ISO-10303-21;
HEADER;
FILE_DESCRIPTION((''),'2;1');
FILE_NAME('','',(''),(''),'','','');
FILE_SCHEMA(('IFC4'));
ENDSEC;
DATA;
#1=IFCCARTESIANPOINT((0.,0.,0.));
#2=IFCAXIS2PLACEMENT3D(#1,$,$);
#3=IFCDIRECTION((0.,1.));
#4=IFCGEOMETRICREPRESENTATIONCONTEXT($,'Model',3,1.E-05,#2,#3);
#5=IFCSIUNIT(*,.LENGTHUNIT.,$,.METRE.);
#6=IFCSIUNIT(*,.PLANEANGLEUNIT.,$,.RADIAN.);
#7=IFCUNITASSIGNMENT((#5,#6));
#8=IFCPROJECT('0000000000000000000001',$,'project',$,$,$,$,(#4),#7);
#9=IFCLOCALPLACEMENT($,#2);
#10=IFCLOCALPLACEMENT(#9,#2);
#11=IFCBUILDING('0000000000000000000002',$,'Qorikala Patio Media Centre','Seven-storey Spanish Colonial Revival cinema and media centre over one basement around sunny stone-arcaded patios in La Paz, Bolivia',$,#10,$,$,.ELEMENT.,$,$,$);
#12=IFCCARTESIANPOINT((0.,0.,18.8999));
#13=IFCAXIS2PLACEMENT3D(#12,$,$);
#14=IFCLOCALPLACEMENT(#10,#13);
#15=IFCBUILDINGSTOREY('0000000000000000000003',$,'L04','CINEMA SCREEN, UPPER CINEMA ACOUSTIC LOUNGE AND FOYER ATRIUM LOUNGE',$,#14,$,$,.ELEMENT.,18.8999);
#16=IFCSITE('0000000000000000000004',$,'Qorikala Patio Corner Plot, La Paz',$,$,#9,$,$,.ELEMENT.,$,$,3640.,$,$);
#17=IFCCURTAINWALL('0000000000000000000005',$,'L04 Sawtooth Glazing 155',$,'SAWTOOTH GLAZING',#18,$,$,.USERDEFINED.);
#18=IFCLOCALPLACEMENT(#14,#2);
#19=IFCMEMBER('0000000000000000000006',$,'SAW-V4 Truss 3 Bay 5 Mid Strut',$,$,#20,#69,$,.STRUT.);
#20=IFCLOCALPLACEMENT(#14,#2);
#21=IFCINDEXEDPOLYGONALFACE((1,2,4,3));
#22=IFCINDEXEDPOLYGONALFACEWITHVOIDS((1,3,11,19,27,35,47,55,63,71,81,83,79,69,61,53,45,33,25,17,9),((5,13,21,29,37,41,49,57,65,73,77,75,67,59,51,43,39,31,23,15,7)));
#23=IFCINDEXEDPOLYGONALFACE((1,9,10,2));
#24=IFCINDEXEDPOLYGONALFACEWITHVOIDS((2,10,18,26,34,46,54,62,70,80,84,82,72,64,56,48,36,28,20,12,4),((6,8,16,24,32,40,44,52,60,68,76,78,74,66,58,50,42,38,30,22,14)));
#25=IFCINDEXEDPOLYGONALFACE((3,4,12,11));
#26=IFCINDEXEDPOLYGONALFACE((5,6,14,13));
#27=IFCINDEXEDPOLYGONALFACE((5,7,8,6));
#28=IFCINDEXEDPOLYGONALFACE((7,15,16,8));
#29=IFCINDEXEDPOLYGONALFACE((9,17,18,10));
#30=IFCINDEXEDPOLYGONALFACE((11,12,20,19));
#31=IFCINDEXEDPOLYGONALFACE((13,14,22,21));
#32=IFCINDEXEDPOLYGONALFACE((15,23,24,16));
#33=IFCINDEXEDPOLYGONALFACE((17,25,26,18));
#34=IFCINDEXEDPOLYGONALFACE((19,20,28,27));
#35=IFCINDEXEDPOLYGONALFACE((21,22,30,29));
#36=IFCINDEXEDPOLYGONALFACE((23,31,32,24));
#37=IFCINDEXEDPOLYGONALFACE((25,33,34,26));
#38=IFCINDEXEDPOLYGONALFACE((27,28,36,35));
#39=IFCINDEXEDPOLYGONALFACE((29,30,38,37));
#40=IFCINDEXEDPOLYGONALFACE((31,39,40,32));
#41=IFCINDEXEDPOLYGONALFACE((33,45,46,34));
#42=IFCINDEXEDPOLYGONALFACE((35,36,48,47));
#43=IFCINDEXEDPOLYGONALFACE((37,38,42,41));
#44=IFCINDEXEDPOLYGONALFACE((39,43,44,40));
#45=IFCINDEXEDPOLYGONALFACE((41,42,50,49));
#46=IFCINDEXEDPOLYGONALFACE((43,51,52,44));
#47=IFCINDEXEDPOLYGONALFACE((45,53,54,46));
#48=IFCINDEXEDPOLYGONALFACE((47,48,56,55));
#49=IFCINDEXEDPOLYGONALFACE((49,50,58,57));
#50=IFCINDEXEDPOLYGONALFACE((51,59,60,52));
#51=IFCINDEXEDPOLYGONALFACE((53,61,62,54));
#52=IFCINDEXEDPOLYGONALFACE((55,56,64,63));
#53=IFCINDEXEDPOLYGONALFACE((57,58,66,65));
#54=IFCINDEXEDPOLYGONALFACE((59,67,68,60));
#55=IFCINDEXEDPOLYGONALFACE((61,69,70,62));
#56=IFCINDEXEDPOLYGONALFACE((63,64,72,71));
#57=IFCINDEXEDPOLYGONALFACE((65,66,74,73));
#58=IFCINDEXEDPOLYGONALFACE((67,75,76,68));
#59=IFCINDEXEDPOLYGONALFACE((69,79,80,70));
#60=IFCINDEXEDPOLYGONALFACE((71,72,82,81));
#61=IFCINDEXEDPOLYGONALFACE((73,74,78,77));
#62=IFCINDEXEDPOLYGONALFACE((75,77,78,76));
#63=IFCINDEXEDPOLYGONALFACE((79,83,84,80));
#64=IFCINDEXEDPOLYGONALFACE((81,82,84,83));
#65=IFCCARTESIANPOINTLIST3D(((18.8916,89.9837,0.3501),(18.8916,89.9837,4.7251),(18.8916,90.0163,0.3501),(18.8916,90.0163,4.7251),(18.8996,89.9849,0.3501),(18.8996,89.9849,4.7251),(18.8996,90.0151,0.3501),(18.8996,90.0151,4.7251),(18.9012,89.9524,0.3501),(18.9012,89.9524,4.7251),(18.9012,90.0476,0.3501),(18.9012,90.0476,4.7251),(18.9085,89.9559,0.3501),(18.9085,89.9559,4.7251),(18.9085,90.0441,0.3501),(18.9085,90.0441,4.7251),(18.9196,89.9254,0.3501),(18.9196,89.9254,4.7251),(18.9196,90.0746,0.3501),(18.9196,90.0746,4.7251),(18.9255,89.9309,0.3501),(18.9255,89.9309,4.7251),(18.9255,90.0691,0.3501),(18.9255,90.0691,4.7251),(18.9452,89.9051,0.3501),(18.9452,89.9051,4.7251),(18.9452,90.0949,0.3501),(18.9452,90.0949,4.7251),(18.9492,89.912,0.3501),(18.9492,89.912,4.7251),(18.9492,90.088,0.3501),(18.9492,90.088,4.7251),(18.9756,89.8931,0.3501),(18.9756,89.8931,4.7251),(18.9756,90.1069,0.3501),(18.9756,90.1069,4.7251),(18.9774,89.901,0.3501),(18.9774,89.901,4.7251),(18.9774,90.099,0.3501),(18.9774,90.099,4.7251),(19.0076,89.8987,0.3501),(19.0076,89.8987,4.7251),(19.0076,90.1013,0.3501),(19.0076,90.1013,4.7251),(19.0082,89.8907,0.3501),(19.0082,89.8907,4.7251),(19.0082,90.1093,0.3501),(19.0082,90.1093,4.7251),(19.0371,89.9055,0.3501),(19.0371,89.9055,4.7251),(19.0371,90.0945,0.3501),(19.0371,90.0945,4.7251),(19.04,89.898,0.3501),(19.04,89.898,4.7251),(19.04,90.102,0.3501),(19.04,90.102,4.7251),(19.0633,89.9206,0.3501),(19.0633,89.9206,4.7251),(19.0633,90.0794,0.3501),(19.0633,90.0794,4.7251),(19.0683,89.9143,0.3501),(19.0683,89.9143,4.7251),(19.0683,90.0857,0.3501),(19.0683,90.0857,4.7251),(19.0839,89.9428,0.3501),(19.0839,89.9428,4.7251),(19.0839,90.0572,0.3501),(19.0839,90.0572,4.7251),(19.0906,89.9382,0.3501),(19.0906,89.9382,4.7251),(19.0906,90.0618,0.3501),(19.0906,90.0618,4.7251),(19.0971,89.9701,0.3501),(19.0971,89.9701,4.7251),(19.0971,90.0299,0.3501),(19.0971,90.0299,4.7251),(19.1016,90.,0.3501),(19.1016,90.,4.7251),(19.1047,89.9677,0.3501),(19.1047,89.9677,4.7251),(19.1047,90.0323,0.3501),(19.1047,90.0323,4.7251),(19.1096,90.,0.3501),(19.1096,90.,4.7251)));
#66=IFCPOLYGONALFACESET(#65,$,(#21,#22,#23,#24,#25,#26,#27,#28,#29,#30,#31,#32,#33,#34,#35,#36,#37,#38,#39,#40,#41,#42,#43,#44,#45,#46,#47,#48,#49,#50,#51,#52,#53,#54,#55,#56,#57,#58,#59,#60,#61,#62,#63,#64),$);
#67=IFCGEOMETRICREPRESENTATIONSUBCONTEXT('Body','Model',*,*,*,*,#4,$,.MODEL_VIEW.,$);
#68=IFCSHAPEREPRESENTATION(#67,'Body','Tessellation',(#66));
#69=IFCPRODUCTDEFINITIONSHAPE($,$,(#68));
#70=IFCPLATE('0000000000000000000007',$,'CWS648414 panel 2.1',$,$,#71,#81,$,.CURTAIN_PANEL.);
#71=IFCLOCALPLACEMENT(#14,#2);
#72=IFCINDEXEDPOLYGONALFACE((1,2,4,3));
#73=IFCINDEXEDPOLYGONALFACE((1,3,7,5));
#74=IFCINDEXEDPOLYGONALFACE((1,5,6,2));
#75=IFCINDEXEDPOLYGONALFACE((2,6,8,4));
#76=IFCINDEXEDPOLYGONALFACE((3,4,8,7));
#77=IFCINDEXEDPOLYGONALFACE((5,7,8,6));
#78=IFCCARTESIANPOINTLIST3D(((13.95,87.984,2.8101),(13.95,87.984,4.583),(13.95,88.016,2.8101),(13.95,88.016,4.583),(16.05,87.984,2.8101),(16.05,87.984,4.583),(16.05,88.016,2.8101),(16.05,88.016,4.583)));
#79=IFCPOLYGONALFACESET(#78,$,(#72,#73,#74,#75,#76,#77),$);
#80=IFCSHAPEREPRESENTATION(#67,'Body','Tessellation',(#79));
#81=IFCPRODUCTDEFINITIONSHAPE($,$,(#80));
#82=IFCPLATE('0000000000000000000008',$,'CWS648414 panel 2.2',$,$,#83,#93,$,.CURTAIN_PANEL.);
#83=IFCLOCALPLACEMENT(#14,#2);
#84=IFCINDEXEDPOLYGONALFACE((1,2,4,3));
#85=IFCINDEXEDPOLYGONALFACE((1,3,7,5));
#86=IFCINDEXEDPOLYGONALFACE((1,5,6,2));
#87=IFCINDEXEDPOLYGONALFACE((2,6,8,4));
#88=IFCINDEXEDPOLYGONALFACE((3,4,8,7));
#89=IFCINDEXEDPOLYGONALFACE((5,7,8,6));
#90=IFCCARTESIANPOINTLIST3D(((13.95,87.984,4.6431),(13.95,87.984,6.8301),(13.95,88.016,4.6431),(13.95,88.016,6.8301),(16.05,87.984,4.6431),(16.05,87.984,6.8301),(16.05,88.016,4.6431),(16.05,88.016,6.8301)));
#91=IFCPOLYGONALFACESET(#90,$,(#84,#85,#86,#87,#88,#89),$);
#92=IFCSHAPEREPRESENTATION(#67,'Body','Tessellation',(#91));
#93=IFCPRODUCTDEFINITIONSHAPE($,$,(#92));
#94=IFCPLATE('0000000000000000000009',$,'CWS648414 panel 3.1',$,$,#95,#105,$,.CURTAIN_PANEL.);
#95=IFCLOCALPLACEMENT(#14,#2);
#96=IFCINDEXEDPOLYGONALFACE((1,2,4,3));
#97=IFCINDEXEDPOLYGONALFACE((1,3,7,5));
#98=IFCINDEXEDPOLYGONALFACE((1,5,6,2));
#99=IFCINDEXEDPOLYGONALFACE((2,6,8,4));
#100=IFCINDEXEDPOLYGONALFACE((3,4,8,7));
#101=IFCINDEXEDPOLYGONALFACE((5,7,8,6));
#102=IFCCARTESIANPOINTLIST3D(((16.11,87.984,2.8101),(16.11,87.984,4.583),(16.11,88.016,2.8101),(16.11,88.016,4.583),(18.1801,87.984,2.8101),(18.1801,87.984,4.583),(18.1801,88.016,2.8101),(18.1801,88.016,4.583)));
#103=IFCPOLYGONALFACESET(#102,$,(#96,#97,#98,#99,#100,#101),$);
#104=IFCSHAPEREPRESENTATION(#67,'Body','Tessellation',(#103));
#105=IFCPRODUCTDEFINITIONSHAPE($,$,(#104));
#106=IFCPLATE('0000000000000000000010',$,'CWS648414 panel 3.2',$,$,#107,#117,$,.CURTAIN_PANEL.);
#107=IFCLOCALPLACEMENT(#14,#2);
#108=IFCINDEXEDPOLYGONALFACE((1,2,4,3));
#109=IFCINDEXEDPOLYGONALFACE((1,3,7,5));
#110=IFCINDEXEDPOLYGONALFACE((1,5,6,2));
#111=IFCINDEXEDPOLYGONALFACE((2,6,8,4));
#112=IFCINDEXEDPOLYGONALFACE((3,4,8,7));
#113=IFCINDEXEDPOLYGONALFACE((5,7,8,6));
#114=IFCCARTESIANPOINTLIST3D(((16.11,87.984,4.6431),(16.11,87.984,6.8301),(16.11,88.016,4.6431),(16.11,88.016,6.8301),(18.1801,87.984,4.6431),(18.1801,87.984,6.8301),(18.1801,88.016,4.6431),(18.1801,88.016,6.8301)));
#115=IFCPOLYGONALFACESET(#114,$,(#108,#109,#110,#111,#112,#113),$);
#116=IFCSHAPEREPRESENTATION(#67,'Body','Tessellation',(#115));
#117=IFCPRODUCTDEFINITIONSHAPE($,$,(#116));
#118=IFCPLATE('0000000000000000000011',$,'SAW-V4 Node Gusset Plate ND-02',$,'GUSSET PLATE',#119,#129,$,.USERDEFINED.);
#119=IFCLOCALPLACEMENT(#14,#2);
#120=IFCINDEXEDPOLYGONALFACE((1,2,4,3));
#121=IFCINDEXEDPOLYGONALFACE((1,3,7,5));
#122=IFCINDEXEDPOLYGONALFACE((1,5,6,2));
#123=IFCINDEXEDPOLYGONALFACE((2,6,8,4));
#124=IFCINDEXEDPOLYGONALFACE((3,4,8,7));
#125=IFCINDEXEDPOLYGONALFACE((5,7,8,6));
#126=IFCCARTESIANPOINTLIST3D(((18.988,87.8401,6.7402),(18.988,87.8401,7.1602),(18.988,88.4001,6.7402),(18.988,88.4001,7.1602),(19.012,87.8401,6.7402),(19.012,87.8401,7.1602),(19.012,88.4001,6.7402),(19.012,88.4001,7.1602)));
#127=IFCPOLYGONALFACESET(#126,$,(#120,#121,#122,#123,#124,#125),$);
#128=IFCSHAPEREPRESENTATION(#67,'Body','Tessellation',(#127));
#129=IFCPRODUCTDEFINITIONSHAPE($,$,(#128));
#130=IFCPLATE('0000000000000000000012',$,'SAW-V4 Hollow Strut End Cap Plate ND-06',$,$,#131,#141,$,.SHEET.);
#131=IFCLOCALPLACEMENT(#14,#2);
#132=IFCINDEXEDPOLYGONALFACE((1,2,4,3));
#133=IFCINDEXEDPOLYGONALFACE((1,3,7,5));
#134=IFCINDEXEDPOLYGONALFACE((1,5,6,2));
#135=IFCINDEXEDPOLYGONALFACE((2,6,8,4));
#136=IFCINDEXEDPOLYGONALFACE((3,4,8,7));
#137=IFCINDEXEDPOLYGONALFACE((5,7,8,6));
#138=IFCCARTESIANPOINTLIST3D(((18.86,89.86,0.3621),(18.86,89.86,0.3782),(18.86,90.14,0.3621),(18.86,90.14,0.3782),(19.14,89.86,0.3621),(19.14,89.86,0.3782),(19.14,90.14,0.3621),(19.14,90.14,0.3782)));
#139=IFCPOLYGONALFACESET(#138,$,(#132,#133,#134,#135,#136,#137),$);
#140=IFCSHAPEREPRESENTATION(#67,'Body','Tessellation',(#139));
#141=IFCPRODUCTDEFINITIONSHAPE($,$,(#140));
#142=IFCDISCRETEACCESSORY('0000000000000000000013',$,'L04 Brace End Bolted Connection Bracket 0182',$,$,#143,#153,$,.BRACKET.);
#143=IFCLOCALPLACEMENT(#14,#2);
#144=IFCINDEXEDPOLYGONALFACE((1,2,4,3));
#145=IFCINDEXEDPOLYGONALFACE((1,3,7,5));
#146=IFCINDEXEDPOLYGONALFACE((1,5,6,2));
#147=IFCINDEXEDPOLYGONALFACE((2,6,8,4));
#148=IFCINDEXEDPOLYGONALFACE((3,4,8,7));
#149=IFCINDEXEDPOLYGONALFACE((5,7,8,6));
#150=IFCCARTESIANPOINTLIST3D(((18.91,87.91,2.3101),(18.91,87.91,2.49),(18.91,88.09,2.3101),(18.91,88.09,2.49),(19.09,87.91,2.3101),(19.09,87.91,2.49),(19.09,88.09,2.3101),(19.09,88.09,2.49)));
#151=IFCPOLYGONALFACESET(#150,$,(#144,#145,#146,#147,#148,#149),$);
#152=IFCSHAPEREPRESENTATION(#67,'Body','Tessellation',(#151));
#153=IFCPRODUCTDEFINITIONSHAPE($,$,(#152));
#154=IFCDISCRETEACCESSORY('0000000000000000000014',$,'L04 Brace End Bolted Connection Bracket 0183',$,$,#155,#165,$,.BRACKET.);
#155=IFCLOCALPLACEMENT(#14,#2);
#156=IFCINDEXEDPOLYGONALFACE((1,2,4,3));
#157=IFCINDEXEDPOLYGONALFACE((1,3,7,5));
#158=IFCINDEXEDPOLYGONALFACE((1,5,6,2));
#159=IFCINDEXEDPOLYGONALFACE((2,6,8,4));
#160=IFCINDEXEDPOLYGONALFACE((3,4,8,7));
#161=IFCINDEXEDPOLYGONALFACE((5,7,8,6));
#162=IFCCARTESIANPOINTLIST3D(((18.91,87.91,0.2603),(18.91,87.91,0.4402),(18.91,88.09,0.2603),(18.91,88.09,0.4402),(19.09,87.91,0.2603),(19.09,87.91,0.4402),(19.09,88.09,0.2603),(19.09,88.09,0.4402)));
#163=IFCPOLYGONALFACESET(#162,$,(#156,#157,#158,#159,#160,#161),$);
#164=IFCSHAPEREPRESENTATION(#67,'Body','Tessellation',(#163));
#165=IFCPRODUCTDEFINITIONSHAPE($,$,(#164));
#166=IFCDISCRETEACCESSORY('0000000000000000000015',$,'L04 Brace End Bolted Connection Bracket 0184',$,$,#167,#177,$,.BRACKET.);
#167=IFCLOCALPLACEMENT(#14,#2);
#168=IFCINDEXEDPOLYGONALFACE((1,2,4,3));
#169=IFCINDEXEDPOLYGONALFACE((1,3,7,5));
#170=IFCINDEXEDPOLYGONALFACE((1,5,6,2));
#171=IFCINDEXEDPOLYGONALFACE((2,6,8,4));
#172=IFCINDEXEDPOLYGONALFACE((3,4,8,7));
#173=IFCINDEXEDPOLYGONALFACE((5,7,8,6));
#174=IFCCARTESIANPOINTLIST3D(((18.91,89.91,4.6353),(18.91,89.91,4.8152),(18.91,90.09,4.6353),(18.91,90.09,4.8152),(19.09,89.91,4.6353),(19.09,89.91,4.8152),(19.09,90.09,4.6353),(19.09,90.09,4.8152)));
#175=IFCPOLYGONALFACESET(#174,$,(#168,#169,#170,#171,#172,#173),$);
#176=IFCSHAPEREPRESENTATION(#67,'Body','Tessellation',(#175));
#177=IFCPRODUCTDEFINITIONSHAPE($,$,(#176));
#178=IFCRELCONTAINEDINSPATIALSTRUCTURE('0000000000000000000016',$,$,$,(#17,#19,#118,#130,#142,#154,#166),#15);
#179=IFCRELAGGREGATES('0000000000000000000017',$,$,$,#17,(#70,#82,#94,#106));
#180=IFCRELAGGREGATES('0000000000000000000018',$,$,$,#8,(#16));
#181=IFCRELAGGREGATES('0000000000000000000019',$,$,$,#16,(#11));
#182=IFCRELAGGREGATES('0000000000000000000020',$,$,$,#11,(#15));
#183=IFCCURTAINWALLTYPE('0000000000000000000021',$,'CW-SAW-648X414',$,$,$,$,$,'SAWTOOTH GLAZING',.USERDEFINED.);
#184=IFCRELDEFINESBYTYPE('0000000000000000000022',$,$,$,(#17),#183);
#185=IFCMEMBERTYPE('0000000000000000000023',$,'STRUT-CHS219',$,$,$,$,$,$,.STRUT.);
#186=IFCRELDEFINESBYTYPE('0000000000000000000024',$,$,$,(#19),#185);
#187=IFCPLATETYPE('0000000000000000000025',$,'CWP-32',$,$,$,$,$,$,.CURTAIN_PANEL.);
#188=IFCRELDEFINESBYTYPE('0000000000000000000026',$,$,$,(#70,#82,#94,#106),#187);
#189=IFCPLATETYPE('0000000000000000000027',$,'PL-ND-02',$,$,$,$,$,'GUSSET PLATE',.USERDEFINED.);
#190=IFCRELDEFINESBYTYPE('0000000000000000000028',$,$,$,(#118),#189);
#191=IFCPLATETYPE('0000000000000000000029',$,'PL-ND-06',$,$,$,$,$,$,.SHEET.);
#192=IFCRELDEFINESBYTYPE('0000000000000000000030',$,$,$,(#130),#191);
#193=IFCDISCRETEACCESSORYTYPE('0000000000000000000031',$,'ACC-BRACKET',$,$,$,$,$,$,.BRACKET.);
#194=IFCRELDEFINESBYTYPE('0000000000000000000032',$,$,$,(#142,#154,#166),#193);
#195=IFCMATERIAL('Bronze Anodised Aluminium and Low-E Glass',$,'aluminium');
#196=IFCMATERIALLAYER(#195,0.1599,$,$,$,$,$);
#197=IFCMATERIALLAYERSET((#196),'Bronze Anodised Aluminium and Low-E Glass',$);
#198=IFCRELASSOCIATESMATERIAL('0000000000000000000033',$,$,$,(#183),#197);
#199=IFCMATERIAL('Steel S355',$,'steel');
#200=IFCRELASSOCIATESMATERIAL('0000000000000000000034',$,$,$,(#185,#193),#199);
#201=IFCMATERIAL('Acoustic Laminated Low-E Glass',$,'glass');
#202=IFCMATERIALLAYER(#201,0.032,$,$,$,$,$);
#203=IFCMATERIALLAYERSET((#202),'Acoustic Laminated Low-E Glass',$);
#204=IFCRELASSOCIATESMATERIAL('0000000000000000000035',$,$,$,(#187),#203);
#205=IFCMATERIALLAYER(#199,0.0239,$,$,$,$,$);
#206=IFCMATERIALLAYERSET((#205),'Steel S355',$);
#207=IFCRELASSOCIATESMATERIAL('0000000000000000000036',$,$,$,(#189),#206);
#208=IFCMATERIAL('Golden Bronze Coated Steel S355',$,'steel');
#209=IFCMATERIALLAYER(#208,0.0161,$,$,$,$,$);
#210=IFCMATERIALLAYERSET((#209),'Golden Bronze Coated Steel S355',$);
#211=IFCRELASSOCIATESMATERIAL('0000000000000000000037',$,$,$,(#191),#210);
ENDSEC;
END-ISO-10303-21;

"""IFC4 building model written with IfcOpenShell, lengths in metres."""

from ifc_helpers import new_model, si_unit, direction, frame, origin, origin_2d, place, context, subcontext, project, spatial, rectangle, hollow_circle, extrude, material, layer, layer_set, material_profile, profile_set, type_object, element, aggregate, save


model = new_model("IFC4")

# Units and contexts
model_context = context("Model", 3, precision=1e-05, world=origin(), true_north=direction((0.0, 1.0)))
body_context = subcontext(model_context, "Body", "Model", "MODEL_VIEW")
ifc_project = project(units=[si_unit("LENGTHUNIT", "METRE"), si_unit("PLANEANGLEUNIT", "RADIAN")], contexts=[model_context])

# Site, building, storey
site_placement = place(None, origin())
site = spatial("IfcSite", under=ifc_project, at=site_placement, Name="Qorikala Patio Corner Plot, La Paz", CompositionType="ELEMENT", RefElevation=3640.0)
building_placement = place(site_placement, origin())
building = spatial("IfcBuilding", under=site, at=building_placement, Name="Qorikala Patio Media Centre", Description="Seven-storey Spanish Colonial Revival cinema and media centre over one basement around sunny stone-arcaded patios in La Paz, Bolivia", CompositionType="ELEMENT")
storey_placement = place(building_placement, frame((0.0, 0.0, 18.8999)))
storey = spatial("IfcBuildingStorey", under=building, at=storey_placement, Name="L04", Description="CINEMA SCREEN, UPPER CINEMA ACOUSTIC LOUNGE AND FOYER ATRIUM LOUNGE", CompositionType="ELEMENT", Elevation=18.8999)

# Shared definitions
ifc_material_1 = material(Name="Steel S355", Category="steel")

# Curtain wall
ifc_material_2 = material(Name="Bronze Anodised Aluminium and Low-E Glass", Category="aluminium")
ifc_layer_1 = layer(ifc_material_2, 0.1599)
ifc_layer_set_1 = layer_set([ifc_layer_1], Name="Bronze Anodised Aluminium and Low-E Glass")
curtain_wall_type_1 = type_object("IfcCurtainWallType", Name="CW-SAW-648X414", ElementType="SAWTOOTH GLAZING", PredefinedType="USERDEFINED", material=ifc_layer_set_1)
curtain_wall_1_placement = place(storey_placement, origin())
curtain_wall_1 = element("IfcCurtainWall", 1, at=curtain_wall_1_placement, inside=storey, type_object=curtain_wall_type_1, Name="L04 Sawtooth Glazing 155", ObjectType="SAWTOOTH GLAZING", PredefinedType="USERDEFINED")

# Member
ifc_material_profile_1 = material_profile(ifc_material_1, hollow_circle(Radius=0.1096, WallThickness=0.0081, at=origin_2d()), Name="CHS219X8")
ifc_profile_set_1 = profile_set([ifc_material_profile_1], Name="Steel S355")
member_type_1 = type_object("IfcMemberType", Name="STRUT-CHS219", PredefinedType="STRUT", material=ifc_profile_set_1)
member_1_placement = place(storey_placement, frame((19.0, 90.0, 0.3501), z_axis=(0.0, 0.0, 1.0), x_axis=(1.0, 0.0, 0.0)))
element("IfcMember", 2, at=member_1_placement, inside=storey, type_object=member_type_1, Name="SAW-V4 Truss 3 Bay 5 Mid Strut", PredefinedType="STRUT", context=body_context, shape_type="SweptSolid", body=[
    extrude(hollow_circle(Radius=0.1096, WallThickness=0.0081, at=origin_2d()), origin(), (0.0, 0.0, 1.0), 4.375),
])

# Plates
ifc_material_3 = material(Name="Acoustic Laminated Low-E Glass", Category="glass")
ifc_layer_2 = layer(ifc_material_3, 0.032)
ifc_layer_set_2 = layer_set([ifc_layer_2], Name="Acoustic Laminated Low-E Glass")
plate_type_1 = type_object("IfcPlateType", Name="CWP-32", PredefinedType="CURTAIN_PANEL", material=ifc_layer_set_2)
plate_1_placement = place(storey_placement, frame((15.0, 88.0, 2.8101), z_axis=(0.0, 0.0, 1.0), x_axis=(1.0, 0.0, 0.0)))
plate_1 = element("IfcPlate", 3, at=plate_1_placement, type_object=plate_type_1, Name="CWS648414 panel 2.1", PredefinedType="CURTAIN_PANEL", context=body_context, shape_type="SweptSolid", body=[
    extrude(rectangle(XDim=2.1001, YDim=0.032, at=origin_2d()), origin(), (0.0, 0.0, 1.0), 1.7729),
])
plate_2_placement = place(storey_placement, frame((15.0, 88.0, 4.6431), z_axis=(0.0, 0.0, 1.0), x_axis=(1.0, 0.0, 0.0)))
plate_2 = element("IfcPlate", 4, at=plate_2_placement, type_object=plate_type_1, Name="CWS648414 panel 2.2", PredefinedType="CURTAIN_PANEL", context=body_context, shape_type="SweptSolid", body=[
    extrude(rectangle(XDim=2.1001, YDim=0.032, at=origin_2d()), origin(), (0.0, 0.0, 1.0), 2.187),
])
plate_3_placement = place(storey_placement, frame((17.145, 88.0, 2.8101), z_axis=(0.0, 0.0, 1.0), x_axis=(1.0, 0.0, 0.0)))
plate_3 = element("IfcPlate", 5, at=plate_3_placement, type_object=plate_type_1, Name="CWS648414 panel 3.1", PredefinedType="CURTAIN_PANEL", context=body_context, shape_type="SweptSolid", body=[
    extrude(rectangle(XDim=2.0701, YDim=0.032, at=origin_2d()), origin(), (0.0, 0.0, 1.0), 1.7729),
])
plate_4_placement = place(storey_placement, frame((17.145, 88.0, 4.6431), z_axis=(0.0, 0.0, 1.0), x_axis=(1.0, 0.0, 0.0)))
plate_4 = element("IfcPlate", 6, at=plate_4_placement, type_object=plate_type_1, Name="CWS648414 panel 3.2", PredefinedType="CURTAIN_PANEL", context=body_context, shape_type="SweptSolid", body=[
    extrude(rectangle(XDim=2.0701, YDim=0.032, at=origin_2d()), origin(), (0.0, 0.0, 1.0), 2.187),
])
aggregate(curtain_wall_1, [plate_1, plate_2, plate_3, plate_4])

# Plates
ifc_layer_3 = layer(ifc_material_1, 0.0239)
ifc_layer_set_3 = layer_set([ifc_layer_3], Name="Steel S355")
plate_type_2 = type_object("IfcPlateType", Name="PL-ND-02", ElementType="GUSSET PLATE", PredefinedType="USERDEFINED", material=ifc_layer_set_3)
plate_5_placement = place(storey_placement, frame((19.0, 88.1201, 6.7402), z_axis=(0.0, 0.0, 1.0), x_axis=(1.0, 0.0, 0.0)))
element("IfcPlate", 7, at=plate_5_placement, inside=storey, type_object=plate_type_2, Name="SAW-V4 Node Gusset Plate ND-02", ObjectType="GUSSET PLATE", PredefinedType="USERDEFINED", context=body_context, shape_type="SweptSolid", body=[
    extrude(rectangle(XDim=0.0239, YDim=0.5601, at=origin_2d()), origin(), (0.0, 0.0, 1.0), 0.4199),
])
ifc_material_4 = material(Name="Golden Bronze Coated Steel S355", Category="steel")
ifc_layer_4 = layer(ifc_material_4, 0.0161)
ifc_layer_set_4 = layer_set([ifc_layer_4], Name="Golden Bronze Coated Steel S355")
plate_type_3 = type_object("IfcPlateType", Name="PL-ND-06", PredefinedType="SHEET", material=ifc_layer_set_4)
plate_6_placement = place(storey_placement, frame((19.0, 90.0, 0.3621), z_axis=(0.0, 0.0, 1.0), x_axis=(1.0, 0.0, 0.0)))
element("IfcPlate", 8, at=plate_6_placement, inside=storey, type_object=plate_type_3, Name="SAW-V4 Hollow Strut End Cap Plate ND-06", PredefinedType="SHEET", context=body_context, shape_type="SweptSolid", body=[
    extrude(rectangle(XDim=0.28, YDim=0.28, at=origin_2d()), origin(), (0.0, 0.0, 1.0), 0.0161),
])

# Discrete accessories
discrete_accessory_type = type_object("IfcDiscreteAccessoryType", Name="ACC-BRACKET", PredefinedType="BRACKET", material=ifc_material_1)
for number, where, z_axis, x_axis, name in (
    (9, (19.0, 88.0, 2.3101), (0.0, 0.0, 1.0), (1.0, 0.0, 0.0), "L04 Brace End Bolted Connection Bracket 0182"),
    (10, (19.0, 88.0, 0.2603), (0.0, 0.0, 1.0), (1.0, 0.0, 0.0), "L04 Brace End Bolted Connection Bracket 0183"),
    (11, (19.0, 90.0, 4.6353), (0.0, 0.0, 1.0), (1.0, 0.0, 0.0), "L04 Brace End Bolted Connection Bracket 0184"),
):
    element("IfcDiscreteAccessory", number, at=place(storey_placement, frame(where, z_axis=z_axis, x_axis=x_axis)), inside=storey, type_object=discrete_accessory_type, Name=name, PredefinedType="BRACKET", context=body_context, shape_type="SweptSolid", body=[
        extrude(rectangle(XDim=0.1799, YDim=0.1799, at=origin_2d()), origin(), (0.0, 0.0, 1.0), 0.1799),
    ])

save(model, "model.ifc")
